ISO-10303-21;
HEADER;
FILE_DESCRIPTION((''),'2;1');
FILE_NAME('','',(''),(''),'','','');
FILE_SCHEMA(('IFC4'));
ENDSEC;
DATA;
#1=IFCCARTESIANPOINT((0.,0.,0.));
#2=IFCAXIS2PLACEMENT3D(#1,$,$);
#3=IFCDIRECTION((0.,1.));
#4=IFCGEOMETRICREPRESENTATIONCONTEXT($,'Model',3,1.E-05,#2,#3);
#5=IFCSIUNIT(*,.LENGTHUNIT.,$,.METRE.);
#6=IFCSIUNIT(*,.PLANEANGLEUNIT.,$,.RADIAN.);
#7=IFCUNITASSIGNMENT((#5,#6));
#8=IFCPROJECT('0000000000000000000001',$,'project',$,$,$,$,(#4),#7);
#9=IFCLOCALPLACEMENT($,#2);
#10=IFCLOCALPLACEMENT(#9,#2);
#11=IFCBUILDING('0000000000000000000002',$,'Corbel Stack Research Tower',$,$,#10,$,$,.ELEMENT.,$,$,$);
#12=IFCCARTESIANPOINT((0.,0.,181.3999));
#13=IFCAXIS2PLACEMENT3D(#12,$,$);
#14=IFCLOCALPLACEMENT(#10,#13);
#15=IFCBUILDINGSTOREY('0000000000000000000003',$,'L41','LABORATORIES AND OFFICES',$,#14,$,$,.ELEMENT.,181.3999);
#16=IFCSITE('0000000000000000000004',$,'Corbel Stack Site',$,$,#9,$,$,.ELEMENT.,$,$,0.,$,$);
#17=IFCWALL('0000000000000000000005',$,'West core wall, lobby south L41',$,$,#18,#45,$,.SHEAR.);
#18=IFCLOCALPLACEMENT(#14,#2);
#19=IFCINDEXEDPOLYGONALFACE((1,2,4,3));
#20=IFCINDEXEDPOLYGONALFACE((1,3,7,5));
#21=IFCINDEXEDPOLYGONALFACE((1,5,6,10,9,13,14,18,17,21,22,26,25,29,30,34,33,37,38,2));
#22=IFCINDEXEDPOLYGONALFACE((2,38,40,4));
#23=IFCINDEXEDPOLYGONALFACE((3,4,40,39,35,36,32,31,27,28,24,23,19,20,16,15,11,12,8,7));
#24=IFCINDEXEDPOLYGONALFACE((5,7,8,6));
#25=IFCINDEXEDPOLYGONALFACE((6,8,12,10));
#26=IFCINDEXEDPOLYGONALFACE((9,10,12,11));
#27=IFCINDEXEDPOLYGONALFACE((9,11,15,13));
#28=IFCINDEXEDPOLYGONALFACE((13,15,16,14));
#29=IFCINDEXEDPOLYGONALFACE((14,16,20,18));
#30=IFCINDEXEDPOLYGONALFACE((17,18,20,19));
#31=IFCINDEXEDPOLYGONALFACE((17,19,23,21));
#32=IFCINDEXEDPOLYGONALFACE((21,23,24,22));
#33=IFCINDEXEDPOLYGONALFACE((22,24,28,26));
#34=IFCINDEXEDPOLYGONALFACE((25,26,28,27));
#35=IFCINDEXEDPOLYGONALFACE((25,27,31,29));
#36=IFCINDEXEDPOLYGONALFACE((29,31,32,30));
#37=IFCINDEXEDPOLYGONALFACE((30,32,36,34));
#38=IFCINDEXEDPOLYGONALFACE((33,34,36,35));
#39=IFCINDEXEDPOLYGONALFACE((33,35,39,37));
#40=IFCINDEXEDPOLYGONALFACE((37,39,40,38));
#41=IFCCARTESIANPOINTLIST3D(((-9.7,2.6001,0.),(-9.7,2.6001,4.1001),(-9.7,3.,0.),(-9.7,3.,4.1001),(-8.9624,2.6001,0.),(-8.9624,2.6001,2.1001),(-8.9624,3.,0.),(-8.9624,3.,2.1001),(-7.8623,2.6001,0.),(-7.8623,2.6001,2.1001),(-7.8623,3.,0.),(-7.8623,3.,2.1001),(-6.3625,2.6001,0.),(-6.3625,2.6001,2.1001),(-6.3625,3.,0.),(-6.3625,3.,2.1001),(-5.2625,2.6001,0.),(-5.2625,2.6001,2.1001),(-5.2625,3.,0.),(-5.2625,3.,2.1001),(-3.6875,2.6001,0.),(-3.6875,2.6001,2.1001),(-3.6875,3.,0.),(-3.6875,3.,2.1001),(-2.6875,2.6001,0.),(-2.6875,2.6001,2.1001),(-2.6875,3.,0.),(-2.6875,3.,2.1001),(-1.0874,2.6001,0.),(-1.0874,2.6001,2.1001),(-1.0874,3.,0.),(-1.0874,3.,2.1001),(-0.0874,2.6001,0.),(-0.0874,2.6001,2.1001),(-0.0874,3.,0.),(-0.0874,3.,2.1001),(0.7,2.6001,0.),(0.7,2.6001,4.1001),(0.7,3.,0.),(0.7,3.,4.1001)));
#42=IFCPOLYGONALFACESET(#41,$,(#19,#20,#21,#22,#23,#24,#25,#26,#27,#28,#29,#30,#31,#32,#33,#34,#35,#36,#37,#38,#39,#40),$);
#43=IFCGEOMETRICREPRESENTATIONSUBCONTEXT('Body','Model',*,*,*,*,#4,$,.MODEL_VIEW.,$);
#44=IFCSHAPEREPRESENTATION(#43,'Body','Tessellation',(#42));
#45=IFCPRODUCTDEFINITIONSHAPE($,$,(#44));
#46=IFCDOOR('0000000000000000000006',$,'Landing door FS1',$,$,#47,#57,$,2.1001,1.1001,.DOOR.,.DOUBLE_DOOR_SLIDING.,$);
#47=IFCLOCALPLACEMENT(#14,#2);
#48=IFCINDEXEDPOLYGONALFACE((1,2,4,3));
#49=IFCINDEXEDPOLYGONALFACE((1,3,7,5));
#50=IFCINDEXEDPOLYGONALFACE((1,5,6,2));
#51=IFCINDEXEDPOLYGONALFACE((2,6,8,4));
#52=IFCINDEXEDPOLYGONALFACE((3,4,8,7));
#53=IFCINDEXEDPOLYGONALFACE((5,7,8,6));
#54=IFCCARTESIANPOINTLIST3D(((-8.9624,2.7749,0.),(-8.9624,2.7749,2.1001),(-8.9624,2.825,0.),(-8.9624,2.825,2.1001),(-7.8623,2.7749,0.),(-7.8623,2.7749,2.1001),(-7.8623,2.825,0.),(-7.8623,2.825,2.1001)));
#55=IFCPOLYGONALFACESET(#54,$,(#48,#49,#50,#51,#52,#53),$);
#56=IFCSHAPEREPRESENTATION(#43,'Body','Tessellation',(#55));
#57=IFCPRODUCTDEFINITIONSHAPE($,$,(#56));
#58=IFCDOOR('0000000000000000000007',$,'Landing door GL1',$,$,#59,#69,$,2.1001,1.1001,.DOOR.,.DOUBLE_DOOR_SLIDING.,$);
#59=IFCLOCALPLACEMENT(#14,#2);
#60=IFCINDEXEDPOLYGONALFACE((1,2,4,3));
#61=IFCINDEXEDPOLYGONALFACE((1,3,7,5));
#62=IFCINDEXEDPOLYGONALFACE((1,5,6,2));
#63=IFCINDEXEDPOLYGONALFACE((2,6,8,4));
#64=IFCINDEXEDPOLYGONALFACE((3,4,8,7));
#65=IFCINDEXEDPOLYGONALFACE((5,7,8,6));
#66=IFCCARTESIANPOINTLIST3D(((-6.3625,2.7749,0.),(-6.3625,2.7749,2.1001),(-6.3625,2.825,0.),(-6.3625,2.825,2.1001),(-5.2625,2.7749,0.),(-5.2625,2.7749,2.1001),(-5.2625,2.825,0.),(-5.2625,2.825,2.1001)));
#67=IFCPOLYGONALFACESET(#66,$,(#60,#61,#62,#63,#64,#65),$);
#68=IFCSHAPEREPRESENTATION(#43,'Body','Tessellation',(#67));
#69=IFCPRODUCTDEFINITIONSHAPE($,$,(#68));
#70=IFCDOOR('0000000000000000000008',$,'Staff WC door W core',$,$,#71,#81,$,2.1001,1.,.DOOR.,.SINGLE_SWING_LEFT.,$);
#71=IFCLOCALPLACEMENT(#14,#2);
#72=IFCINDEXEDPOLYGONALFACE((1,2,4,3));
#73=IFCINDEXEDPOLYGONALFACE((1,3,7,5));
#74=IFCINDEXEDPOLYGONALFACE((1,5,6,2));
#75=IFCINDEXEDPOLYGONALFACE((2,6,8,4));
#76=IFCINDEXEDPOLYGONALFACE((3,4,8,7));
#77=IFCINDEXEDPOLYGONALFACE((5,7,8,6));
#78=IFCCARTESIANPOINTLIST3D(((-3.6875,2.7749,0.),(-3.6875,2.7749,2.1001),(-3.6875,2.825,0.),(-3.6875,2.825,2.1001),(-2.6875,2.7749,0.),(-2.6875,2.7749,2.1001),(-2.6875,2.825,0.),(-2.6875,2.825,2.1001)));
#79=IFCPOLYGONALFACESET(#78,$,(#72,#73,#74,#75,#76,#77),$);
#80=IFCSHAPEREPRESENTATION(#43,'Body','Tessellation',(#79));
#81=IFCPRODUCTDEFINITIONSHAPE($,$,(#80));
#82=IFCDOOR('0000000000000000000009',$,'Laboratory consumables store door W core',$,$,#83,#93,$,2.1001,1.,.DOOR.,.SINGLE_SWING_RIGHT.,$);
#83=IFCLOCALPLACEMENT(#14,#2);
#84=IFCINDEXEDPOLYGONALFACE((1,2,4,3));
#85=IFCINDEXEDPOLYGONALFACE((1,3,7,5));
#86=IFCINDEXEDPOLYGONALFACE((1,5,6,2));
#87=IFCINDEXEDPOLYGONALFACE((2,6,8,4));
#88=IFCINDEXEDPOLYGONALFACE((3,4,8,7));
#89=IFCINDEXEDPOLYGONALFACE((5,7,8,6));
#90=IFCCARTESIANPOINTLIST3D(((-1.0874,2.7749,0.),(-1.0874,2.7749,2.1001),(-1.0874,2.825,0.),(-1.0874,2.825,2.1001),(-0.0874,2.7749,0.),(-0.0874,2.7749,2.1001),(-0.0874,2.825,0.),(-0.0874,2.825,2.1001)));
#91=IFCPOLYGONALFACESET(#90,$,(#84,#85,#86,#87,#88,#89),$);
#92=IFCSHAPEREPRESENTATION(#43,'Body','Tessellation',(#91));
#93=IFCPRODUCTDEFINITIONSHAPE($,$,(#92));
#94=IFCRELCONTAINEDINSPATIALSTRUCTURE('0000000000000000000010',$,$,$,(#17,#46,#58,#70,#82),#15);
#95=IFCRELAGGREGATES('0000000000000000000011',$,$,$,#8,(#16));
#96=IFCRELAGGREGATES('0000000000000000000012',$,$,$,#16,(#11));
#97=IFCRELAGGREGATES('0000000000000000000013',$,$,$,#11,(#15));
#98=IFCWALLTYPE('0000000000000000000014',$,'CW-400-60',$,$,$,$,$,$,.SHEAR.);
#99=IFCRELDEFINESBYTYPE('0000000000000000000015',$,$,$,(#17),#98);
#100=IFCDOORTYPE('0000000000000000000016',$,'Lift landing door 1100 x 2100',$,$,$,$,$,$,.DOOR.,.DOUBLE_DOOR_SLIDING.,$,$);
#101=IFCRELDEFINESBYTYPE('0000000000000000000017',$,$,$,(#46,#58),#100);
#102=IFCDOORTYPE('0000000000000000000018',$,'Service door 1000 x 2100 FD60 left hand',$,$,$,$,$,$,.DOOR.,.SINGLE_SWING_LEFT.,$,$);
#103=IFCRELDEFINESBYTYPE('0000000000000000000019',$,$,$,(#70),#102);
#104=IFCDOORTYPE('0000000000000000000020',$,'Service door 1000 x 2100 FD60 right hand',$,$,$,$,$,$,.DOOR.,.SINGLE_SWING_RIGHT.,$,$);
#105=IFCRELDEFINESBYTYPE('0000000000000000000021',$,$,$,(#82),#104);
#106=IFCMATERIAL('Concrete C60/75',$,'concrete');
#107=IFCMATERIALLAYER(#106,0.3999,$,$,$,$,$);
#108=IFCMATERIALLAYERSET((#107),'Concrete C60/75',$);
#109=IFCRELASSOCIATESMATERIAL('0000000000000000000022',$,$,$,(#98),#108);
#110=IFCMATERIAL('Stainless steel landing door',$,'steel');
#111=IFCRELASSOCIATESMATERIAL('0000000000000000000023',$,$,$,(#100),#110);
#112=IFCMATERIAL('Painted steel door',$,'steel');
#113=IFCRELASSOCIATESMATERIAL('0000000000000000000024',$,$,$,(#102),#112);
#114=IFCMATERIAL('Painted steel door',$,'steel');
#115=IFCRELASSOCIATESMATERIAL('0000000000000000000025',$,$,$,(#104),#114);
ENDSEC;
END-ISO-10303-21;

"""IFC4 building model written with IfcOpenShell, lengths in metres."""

from ifc_helpers import new_model, si_unit, direction, frame, frame_2d, origin, place, context, subcontext, project, spatial, rectangle, extrude, material, layer, layer_set, type_object, element, fill, save


model = new_model("IFC4")

# Units and contexts
model_context = context("Model", 3, precision=1e-05, world=origin(), true_north=direction((0.0, 1.0)))
body_context = subcontext(model_context, "Body", "Model", "MODEL_VIEW")
ifc_project = project(units=[si_unit("LENGTHUNIT", "METRE"), si_unit("PLANEANGLEUNIT", "RADIAN")], contexts=[model_context])

# Site, building, storey
site_placement = place(None, origin())
site = spatial("IfcSite", under=ifc_project, at=site_placement, Name="Corbel Stack Site", CompositionType="ELEMENT", RefElevation=0.0)
building_placement = place(site_placement, origin())
building = spatial("IfcBuilding", under=site, at=building_placement, Name="Corbel Stack Research Tower", CompositionType="ELEMENT")
storey_placement = place(building_placement, frame((0.0, 0.0, 181.3999)))
storey = spatial("IfcBuildingStorey", under=building, at=storey_placement, Name="L41", Description="LABORATORIES AND OFFICES", CompositionType="ELEMENT", Elevation=181.3999)

# Wall, openings, doors
ifc_material_1 = material(Name="Concrete C60/75", Category="concrete")
ifc_layer_1 = layer(ifc_material_1, 0.3999)
ifc_layer_set_1 = layer_set([ifc_layer_1], Name="Concrete C60/75")
wall_type_1 = type_object("IfcWallType", Name="CW-400-60", PredefinedType="SHEAR", material=ifc_layer_set_1)
wall_1_placement = place(storey_placement, frame((-9.7, 2.8, 0.0), z_axis=(0.0, 0.0, 1.0), x_axis=(1.0, 0.0, 0.0)))
wall_1 = element("IfcWall", 1, at=wall_1_placement, inside=storey, type_object=wall_type_1, Name="West core wall, lobby south L41", PredefinedType="SHEAR", context=body_context, shape_type="SweptSolid", body=[
    extrude(rectangle(XDim=10.3999, YDim=0.3999, at=frame_2d((5.2, 0.0))), origin(), (0.0, 0.0, 1.0), 4.1001),
])
opening_1_placement = place(wall_1_placement, frame((0.7375, 0.0, 0.0)))
opening_1 = element("IfcOpeningElement", 2, at=opening_1_placement, cuts=wall_1, PredefinedType="OPENING", context=body_context, shape_type="SweptSolid", body=[
    extrude(rectangle(XDim=1.1001, YDim=2.1001, at=frame_2d((0.55, 1.05))), frame((0.0, 0.21, 0.0), z_axis=(0.0, -1.0, 0.0), x_axis=(1.0, 0.0, 0.0)), (0.0, 0.0, 1.0), 0.4199),
])
opening_2_placement = place(wall_1_placement, frame((3.3374, 0.0, 0.0)))
opening_2 = element("IfcOpeningElement", 3, at=opening_2_placement, cuts=wall_1, PredefinedType="OPENING", context=body_context, shape_type="SweptSolid", body=[
    extrude(rectangle(XDim=1.1001, YDim=2.1001, at=frame_2d((0.55, 1.05))), frame((0.0, 0.21, 0.0), z_axis=(0.0, -1.0, 0.0), x_axis=(1.0, 0.0, 0.0)), (0.0, 0.0, 1.0), 0.4199),
])
opening_3_placement = place(wall_1_placement, frame((6.0125, 0.0, 0.0)))
opening_3 = element("IfcOpeningElement", 4, at=opening_3_placement, cuts=wall_1, PredefinedType="OPENING", context=body_context, shape_type="SweptSolid", body=[
    extrude(rectangle(XDim=1.0, YDim=2.1001, at=frame_2d((0.5, 1.05))), frame((0.0, 0.21, 0.0), z_axis=(0.0, -1.0, 0.0), x_axis=(1.0, 0.0, 0.0)), (0.0, 0.0, 1.0), 0.4199),
])
opening_4_placement = place(wall_1_placement, frame((8.6125, 0.0, 0.0)))
opening_4 = element("IfcOpeningElement", 5, at=opening_4_placement, cuts=wall_1, PredefinedType="OPENING", context=body_context, shape_type="SweptSolid", body=[
    extrude(rectangle(XDim=1.0, YDim=2.1001, at=frame_2d((0.5, 1.05))), frame((0.0, 0.21, 0.0), z_axis=(0.0, -1.0, 0.0), x_axis=(1.0, 0.0, 0.0)), (0.0, 0.0, 1.0), 0.4199),
])
ifc_material_2 = material(Name="Stainless steel landing door", Category="steel")
door_type_1 = type_object("IfcDoorType", Name="Lift landing door 1100 x 2100", OperationType="DOUBLE_DOOR_SLIDING", PredefinedType="DOOR", material=ifc_material_2)
door_1_placement = place(opening_1_placement, origin())
door_1 = element("IfcDoor", 6, at=door_1_placement, inside=storey, type_object=door_type_1, Name="Landing door FS1", OperationType="DOUBLE_DOOR_SLIDING", OverallHeight=2.1001, OverallWidth=1.1001, PredefinedType="DOOR", context=body_context, shape_type="SweptSolid", body=[
    extrude(rectangle(XDim=1.1001, YDim=2.1001, at=frame_2d((0.55, 1.05))), frame((0.0, 0.0249, 0.0), z_axis=(0.0, -1.0, 0.0), x_axis=(1.0, 0.0, 0.0)), (0.0, 0.0, 1.0), 0.05),
])
fill(opening_1, door_1)
door_2_placement = place(opening_2_placement, origin())
door_2 = element("IfcDoor", 7, at=door_2_placement, inside=storey, type_object=door_type_1, Name="Landing door GL1", OperationType="DOUBLE_DOOR_SLIDING", OverallHeight=2.1001, OverallWidth=1.1001, PredefinedType="DOOR", context=body_context, shape_type="SweptSolid", body=[
    extrude(rectangle(XDim=1.1001, YDim=2.1001, at=frame_2d((0.55, 1.05))), frame((0.0, 0.0249, 0.0), z_axis=(0.0, -1.0, 0.0), x_axis=(1.0, 0.0, 0.0)), (0.0, 0.0, 1.0), 0.05),
])
fill(opening_2, door_2)
ifc_material_3 = material(Name="Painted steel door", Category="steel")
door_type_2 = type_object("IfcDoorType", Name="Service door 1000 x 2100 FD60 left hand", OperationType="SINGLE_SWING_LEFT", PredefinedType="DOOR", material=ifc_material_3)
door_3_placement = place(opening_3_placement, origin())
door_3 = element("IfcDoor", 8, at=door_3_placement, inside=storey, type_object=door_type_2, Name="Staff WC door W core", OperationType="SINGLE_SWING_LEFT", OverallHeight=2.1001, OverallWidth=1.0, PredefinedType="DOOR", context=body_context, shape_type="SweptSolid", body=[
    extrude(rectangle(XDim=1.0, YDim=2.1001, at=frame_2d((0.5, 1.05))), frame((0.0, 0.0249, 0.0), z_axis=(0.0, -1.0, 0.0), x_axis=(1.0, 0.0, 0.0)), (0.0, 0.0, 1.0), 0.05),
])
fill(opening_3, door_3)
ifc_material_4 = material(Name="Painted steel door", Category="steel")
door_type_3 = type_object("IfcDoorType", Name="Service door 1000 x 2100 FD60 right hand", OperationType="SINGLE_SWING_RIGHT", PredefinedType="DOOR", material=ifc_material_4)
door_4_placement = place(opening_4_placement, origin())
door_4 = element("IfcDoor", 9, at=door_4_placement, inside=storey, type_object=door_type_3, Name="Laboratory consumables store door W core", OperationType="SINGLE_SWING_RIGHT", OverallHeight=2.1001, OverallWidth=1.0, PredefinedType="DOOR", context=body_context, shape_type="SweptSolid", body=[
    extrude(rectangle(XDim=1.0, YDim=2.1001, at=frame_2d((0.5, 1.05))), frame((0.0, 0.0249, 0.0), z_axis=(0.0, -1.0, 0.0), x_axis=(1.0, 0.0, 0.0)), (0.0, 0.0, 1.0), 0.05),
])
fill(opening_4, door_4)

save(model, "model.ifc")
